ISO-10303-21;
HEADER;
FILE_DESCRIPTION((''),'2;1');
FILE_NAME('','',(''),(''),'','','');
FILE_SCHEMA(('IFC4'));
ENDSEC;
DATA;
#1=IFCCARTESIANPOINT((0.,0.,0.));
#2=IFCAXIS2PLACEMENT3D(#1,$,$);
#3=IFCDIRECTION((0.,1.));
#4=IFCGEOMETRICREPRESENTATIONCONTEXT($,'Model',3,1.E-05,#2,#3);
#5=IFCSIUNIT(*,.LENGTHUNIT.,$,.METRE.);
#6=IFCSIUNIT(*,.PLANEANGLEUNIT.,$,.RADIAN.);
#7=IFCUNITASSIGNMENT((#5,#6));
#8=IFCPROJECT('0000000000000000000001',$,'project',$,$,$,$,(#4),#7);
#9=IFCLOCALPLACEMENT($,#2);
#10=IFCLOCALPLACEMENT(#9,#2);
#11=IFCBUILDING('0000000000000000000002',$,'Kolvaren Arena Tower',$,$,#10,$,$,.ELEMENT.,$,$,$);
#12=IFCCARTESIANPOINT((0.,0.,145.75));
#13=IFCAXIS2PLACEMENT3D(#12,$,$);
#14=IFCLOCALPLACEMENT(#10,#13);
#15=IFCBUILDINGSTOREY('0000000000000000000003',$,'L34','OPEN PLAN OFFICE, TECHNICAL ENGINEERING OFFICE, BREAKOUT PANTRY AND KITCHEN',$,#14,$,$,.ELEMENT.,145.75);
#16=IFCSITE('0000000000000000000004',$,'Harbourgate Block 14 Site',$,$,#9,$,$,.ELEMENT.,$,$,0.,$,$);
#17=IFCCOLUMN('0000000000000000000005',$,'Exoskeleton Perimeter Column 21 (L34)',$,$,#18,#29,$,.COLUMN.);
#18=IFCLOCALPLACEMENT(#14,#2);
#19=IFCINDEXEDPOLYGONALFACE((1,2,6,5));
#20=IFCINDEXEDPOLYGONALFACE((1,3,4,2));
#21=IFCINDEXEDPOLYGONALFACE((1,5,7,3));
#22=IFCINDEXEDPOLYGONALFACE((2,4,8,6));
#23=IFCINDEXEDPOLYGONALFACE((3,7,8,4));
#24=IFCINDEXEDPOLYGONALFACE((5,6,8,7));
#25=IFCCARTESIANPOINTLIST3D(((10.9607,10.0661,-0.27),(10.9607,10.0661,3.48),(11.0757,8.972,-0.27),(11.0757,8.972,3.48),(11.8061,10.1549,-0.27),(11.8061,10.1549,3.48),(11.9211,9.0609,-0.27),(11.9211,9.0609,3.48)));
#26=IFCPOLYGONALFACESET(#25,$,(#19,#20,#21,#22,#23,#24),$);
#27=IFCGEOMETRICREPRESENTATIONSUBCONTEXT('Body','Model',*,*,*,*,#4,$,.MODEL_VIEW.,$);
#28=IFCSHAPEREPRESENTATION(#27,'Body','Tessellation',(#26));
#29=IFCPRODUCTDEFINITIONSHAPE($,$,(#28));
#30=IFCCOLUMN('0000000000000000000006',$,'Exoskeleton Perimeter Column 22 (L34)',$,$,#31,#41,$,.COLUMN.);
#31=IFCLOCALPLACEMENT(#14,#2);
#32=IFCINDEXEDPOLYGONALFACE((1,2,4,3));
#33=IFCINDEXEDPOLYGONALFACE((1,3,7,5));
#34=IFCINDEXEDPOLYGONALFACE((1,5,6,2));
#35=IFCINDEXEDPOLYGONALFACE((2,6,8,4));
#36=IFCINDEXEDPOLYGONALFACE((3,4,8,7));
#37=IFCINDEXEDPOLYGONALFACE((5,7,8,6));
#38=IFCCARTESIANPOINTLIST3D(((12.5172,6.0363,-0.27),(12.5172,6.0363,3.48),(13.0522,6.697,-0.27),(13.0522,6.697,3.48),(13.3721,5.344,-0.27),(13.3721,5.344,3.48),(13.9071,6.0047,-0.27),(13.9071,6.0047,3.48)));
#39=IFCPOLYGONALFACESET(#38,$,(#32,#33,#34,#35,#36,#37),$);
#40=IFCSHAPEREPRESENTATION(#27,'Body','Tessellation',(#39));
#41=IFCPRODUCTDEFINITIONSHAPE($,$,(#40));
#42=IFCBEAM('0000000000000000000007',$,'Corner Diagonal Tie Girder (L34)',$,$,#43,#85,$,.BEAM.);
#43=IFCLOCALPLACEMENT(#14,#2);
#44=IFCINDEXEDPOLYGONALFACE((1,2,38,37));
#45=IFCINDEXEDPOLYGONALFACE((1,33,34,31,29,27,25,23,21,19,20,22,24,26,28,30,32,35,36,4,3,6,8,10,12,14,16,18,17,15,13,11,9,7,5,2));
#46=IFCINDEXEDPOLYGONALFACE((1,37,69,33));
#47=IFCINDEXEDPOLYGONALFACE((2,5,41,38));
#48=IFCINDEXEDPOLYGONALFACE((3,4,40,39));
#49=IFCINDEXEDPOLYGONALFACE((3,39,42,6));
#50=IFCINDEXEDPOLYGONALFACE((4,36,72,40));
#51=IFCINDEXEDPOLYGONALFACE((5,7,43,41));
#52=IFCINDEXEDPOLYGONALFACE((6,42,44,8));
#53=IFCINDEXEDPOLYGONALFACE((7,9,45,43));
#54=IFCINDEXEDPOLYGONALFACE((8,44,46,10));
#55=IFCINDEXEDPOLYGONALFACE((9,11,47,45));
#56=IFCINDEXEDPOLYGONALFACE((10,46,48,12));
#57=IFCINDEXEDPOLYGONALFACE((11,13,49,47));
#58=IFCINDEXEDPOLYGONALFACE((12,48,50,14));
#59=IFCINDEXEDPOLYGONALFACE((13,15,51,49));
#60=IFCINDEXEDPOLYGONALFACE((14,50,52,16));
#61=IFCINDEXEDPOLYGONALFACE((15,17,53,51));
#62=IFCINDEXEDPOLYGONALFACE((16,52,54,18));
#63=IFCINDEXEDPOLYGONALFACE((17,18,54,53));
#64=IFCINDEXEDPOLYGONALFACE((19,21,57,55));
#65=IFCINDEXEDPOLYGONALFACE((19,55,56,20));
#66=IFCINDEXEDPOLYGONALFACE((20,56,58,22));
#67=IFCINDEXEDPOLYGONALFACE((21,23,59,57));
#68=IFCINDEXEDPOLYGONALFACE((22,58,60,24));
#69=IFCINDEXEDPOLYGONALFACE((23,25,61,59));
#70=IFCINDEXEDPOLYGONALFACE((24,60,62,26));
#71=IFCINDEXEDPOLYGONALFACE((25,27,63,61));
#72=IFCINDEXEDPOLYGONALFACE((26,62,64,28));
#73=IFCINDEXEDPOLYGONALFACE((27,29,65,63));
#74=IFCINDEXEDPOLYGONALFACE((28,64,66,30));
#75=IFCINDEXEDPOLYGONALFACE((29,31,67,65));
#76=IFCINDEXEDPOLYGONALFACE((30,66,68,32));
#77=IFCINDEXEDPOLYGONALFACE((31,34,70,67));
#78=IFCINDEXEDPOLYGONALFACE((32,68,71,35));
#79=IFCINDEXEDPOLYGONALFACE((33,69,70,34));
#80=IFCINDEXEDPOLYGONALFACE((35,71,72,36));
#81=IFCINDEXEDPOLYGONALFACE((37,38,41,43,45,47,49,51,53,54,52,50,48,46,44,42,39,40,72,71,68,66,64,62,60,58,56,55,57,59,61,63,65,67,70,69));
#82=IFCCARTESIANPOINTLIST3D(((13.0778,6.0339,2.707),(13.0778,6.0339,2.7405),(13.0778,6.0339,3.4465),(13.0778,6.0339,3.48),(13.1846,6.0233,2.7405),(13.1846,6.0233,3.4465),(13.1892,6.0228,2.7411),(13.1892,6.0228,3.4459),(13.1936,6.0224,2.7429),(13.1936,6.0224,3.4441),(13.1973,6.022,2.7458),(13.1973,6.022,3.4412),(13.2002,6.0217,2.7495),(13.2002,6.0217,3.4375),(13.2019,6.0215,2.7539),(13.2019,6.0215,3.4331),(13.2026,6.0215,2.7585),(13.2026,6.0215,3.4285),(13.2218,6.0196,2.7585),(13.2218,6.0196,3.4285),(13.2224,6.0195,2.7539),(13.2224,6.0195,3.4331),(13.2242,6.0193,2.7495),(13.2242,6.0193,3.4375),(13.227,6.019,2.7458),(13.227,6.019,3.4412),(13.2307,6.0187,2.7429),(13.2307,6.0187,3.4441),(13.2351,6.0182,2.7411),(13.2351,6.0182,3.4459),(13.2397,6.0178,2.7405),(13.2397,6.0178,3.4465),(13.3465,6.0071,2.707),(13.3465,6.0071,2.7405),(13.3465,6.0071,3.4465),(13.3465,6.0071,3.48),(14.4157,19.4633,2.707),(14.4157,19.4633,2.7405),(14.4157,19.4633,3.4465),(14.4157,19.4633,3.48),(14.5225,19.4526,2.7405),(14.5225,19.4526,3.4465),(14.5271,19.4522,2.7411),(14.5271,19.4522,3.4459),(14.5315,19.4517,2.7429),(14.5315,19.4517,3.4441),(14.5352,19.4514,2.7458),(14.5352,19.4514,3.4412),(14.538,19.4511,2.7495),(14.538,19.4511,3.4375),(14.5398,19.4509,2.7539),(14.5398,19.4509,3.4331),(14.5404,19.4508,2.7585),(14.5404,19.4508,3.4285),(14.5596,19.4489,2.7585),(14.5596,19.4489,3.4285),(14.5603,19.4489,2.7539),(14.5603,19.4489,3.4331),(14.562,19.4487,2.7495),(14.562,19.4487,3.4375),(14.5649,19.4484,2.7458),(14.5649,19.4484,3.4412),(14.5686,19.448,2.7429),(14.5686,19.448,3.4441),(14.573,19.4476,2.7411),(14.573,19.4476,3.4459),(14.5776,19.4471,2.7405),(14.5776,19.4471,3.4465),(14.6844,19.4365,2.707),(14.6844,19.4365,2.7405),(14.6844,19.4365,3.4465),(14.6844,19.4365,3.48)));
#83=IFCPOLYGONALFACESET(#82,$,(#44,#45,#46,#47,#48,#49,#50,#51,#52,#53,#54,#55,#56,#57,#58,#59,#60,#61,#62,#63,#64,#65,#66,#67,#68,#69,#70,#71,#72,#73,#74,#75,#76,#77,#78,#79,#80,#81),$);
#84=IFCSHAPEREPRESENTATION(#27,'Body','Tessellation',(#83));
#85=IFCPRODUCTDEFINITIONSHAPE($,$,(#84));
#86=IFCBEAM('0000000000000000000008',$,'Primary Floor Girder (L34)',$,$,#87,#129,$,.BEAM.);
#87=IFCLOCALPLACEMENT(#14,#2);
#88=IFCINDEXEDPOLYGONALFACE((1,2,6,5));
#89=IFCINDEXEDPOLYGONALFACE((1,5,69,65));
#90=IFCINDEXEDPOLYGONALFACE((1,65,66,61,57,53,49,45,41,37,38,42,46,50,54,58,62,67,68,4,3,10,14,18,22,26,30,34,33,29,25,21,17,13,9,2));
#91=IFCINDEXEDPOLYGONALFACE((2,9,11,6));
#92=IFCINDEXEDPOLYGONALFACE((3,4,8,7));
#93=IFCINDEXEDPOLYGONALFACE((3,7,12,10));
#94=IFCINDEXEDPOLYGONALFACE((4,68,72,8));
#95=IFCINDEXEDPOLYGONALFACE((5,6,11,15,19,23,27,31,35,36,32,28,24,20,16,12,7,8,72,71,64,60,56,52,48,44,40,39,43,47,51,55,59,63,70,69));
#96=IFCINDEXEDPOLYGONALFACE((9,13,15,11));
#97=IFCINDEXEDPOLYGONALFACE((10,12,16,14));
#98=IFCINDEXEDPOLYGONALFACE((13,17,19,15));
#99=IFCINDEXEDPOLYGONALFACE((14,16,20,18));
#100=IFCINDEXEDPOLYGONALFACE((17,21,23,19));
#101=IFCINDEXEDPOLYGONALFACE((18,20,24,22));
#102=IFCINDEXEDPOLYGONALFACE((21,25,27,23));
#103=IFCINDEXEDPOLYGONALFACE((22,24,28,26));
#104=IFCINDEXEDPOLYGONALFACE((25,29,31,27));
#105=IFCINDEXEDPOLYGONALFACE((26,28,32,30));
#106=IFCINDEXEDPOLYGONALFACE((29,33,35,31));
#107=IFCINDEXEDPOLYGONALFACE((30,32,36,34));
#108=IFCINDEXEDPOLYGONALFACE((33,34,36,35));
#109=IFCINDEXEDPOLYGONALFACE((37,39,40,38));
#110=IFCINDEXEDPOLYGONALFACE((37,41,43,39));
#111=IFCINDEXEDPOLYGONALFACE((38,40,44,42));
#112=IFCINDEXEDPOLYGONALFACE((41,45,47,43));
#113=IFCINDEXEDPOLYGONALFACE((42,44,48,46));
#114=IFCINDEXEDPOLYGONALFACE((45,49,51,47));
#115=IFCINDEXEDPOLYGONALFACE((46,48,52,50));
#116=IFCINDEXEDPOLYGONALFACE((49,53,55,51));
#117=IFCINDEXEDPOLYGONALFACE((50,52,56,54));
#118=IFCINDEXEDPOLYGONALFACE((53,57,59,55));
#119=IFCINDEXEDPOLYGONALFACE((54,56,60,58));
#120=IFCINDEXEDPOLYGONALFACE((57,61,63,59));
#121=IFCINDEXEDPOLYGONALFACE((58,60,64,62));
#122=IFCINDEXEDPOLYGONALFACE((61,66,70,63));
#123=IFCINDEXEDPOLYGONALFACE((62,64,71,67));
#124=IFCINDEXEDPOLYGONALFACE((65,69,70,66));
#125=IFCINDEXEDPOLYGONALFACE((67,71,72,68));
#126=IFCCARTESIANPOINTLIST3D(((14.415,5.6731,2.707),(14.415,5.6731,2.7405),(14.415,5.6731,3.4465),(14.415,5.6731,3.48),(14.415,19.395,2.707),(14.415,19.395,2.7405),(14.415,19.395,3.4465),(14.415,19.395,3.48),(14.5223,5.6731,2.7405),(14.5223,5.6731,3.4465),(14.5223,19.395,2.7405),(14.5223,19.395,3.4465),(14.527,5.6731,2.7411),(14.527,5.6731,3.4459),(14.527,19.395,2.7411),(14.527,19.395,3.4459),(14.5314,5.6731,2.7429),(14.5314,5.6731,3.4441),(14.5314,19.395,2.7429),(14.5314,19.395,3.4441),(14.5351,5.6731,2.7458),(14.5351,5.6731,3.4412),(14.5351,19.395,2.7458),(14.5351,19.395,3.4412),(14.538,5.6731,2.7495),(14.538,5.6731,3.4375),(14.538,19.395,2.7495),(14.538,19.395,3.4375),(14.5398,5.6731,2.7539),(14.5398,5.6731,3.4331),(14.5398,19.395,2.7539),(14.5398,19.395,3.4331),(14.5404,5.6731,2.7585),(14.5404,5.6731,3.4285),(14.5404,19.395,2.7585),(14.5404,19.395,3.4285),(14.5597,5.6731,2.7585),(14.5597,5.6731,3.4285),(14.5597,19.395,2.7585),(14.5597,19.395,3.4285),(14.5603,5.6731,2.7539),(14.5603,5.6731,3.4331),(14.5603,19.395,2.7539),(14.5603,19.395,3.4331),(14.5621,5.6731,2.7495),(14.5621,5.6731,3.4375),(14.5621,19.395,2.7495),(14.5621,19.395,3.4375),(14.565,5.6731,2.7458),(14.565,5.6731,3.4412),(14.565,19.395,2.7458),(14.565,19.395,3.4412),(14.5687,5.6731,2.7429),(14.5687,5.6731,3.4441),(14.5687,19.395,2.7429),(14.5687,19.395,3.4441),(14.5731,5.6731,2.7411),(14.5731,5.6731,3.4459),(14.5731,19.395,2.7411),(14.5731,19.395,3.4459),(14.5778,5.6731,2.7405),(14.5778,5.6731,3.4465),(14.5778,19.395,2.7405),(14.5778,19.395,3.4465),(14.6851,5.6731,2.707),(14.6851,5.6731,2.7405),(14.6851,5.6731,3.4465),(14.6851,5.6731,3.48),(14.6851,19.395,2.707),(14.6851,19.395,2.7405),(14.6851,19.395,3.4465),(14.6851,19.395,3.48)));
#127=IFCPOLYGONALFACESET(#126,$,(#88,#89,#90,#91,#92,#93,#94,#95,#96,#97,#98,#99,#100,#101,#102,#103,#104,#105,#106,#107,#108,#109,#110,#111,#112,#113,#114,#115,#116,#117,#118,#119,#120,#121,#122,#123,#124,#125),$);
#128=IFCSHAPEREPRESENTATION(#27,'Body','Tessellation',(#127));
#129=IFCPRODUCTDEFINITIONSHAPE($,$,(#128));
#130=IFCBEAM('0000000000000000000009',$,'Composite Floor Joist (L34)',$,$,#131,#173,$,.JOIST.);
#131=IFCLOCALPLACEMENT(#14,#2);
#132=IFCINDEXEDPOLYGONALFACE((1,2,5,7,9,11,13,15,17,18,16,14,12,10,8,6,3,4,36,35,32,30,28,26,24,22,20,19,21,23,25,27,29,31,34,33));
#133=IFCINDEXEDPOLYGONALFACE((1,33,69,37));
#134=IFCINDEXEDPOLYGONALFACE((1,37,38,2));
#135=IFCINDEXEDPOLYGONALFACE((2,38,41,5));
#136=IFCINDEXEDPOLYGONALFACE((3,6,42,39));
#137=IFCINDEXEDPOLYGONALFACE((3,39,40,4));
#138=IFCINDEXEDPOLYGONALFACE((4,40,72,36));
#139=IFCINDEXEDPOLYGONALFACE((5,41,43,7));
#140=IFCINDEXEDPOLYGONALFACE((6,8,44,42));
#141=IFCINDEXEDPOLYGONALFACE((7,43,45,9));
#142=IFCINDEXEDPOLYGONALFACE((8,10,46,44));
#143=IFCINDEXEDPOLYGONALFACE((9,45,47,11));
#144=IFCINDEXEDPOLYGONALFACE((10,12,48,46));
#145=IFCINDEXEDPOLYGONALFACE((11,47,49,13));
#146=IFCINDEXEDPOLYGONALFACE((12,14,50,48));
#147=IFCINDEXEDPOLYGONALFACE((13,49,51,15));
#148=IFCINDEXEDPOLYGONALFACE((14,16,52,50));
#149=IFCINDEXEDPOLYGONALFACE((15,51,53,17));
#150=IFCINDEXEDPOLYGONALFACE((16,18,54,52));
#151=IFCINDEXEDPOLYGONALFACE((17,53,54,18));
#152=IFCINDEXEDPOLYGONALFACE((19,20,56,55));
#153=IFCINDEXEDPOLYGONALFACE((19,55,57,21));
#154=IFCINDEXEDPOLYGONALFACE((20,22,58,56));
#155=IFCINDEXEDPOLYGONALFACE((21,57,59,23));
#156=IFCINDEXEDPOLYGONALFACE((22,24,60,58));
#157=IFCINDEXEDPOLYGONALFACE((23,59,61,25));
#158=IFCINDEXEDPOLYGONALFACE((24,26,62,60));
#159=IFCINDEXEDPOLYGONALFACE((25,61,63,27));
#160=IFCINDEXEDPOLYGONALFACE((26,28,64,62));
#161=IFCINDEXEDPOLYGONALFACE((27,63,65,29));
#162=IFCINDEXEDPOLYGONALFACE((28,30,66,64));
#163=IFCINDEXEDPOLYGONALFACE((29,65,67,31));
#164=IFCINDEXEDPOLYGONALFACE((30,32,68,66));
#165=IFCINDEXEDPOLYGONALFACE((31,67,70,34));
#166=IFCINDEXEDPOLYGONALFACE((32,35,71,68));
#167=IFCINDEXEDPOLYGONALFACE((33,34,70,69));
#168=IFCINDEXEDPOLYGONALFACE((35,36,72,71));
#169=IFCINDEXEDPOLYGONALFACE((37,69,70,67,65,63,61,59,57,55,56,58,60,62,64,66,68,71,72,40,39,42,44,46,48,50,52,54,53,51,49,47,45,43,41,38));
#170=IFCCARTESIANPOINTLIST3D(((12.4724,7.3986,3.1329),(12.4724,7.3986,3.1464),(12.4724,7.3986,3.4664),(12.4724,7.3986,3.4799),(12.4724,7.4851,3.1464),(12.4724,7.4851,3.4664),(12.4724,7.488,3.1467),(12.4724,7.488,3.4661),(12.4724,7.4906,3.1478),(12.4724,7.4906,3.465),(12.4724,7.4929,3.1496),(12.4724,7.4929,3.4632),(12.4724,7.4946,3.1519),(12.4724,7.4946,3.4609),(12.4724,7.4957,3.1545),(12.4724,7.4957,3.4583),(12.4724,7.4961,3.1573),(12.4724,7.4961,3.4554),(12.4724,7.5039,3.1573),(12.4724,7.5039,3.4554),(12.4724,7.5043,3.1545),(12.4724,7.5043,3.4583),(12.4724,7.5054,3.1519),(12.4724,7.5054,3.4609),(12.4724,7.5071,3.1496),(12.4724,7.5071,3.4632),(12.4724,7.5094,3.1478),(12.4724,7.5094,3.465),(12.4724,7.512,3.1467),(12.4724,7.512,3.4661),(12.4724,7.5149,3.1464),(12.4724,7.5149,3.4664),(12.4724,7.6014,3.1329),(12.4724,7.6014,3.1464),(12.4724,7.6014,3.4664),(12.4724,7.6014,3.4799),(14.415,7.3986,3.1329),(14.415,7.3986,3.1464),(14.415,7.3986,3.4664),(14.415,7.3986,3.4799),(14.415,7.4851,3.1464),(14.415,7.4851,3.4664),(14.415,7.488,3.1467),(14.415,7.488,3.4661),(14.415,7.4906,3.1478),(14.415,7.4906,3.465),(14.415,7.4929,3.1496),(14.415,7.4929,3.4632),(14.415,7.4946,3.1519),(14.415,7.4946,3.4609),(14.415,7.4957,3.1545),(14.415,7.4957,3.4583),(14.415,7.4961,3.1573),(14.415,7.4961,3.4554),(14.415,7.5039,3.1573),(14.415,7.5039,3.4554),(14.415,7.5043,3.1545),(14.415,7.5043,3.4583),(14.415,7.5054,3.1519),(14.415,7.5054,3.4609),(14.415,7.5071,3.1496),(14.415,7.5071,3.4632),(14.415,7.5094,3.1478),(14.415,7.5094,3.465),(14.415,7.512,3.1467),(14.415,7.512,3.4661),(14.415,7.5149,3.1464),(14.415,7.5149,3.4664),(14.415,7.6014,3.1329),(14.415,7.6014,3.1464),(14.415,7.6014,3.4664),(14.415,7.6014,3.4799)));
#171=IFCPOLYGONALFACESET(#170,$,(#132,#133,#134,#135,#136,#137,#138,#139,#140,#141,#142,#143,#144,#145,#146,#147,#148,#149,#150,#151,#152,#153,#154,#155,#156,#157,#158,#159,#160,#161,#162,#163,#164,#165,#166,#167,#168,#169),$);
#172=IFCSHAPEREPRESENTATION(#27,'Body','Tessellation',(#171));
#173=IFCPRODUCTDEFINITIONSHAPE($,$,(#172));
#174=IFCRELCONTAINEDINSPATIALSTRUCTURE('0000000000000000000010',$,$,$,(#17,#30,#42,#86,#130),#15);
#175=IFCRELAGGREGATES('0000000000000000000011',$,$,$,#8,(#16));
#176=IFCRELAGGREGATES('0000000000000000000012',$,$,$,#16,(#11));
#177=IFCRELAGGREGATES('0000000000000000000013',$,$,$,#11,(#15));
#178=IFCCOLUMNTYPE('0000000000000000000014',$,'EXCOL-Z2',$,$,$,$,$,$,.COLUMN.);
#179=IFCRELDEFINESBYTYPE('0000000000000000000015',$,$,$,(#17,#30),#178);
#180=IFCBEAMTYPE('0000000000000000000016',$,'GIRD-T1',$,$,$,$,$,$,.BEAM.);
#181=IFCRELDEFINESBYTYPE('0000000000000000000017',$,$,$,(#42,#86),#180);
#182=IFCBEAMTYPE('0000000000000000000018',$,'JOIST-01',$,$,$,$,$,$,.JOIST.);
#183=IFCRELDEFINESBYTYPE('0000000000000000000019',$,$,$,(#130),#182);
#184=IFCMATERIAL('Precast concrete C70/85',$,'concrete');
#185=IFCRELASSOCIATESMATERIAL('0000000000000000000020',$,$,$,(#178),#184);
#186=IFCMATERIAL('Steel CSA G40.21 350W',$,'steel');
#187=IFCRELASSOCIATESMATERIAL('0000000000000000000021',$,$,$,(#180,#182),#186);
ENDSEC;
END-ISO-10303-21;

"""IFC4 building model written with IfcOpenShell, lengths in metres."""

from ifc_helpers import new_model, si_unit, direction, frame, origin, origin_2d, place, context, subcontext, project, spatial, rectangle, i_section, extrude, material, material_profile, profile_set, type_object, element, save


model = new_model("IFC4")

# Units and contexts
model_context = context("Model", 3, precision=1e-05, world=origin(), true_north=direction((0.0, 1.0)))
body_context = subcontext(model_context, "Body", "Model", "MODEL_VIEW")
ifc_project = project(units=[si_unit("LENGTHUNIT", "METRE"), si_unit("PLANEANGLEUNIT", "RADIAN")], contexts=[model_context])

# Site, building, storey
site_placement = place(None, origin())
site = spatial("IfcSite", under=ifc_project, at=site_placement, Name="Harbourgate Block 14 Site", CompositionType="ELEMENT", RefElevation=0.0)
building_placement = place(site_placement, origin())
building = spatial("IfcBuilding", under=site, at=building_placement, Name="Kolvaren Arena Tower", CompositionType="ELEMENT")
storey_placement = place(building_placement, frame((0.0, 0.0, 145.75)))
storey = spatial("IfcBuildingStorey", under=building, at=storey_placement, Name="L34", Description="OPEN PLAN OFFICE, TECHNICAL ENGINEERING OFFICE, BREAKOUT PANTRY AND KITCHEN", CompositionType="ELEMENT", Elevation=145.75)

# Columns
ifc_material_1 = material(Name="Precast concrete C70/85", Category="concrete")
ifc_material_profile_1 = material_profile(ifc_material_1, rectangle(XDim=1.1001, YDim=0.8501, at=origin_2d()), Name="RC-1100x850")
ifc_profile_set_1 = profile_set([ifc_material_profile_1], Name="Precast concrete C70/85")
column_type = type_object("IfcColumnType", Name="EXCOL-Z2", PredefinedType="COLUMN", material=ifc_profile_set_1)
for number, where, z_axis, x_axis, name in (
    (1, (11.4409, 9.5635, -0.27), (0.0, 0.0, 1.0), (-0.104528, 0.994522, 0.0), "Exoskeleton Perimeter Column 21 (L34)"),
    (2, (13.2122, 6.0205, -0.27), (0.0, 0.0, 1.0), (-0.777146, 0.62932, 0.0), "Exoskeleton Perimeter Column 22 (L34)"),
):
    element("IfcColumn", number, at=place(storey_placement, frame(where, z_axis=z_axis, x_axis=x_axis)), inside=storey, type_object=column_type, Name=name, PredefinedType="COLUMN", context=body_context, shape_type="SweptSolid", body=[
        extrude(rectangle(XDim=1.1001, YDim=0.8501, at=origin_2d()), origin(), (0.0, 0.0, 1.0), 3.75),
    ])

# Beams
ifc_material_2 = material(Name="Steel CSA G40.21 350W", Category="steel")
ifc_material_profile_2 = material_profile(ifc_material_2, i_section(OverallWidth=0.27, OverallDepth=0.7729, WebThickness=0.0193, FlangeThickness=0.0334, FilletRadius=0.0181, at=origin_2d()), Name="W760x257")
ifc_profile_set_2 = profile_set([ifc_material_profile_2], Name="Steel CSA G40.21 350W")
beam_type_1 = type_object("IfcBeamType", Name="GIRD-T1", PredefinedType="BEAM", material=ifc_profile_set_2)
beam_1_placement = place(storey_placement, frame((13.2122, 6.0205, 3.0935), z_axis=(0.099133, 0.995074, 0.0), x_axis=(-0.995074, 0.099133, 0.0)))
element("IfcBeam", 3, at=beam_1_placement, inside=storey, type_object=beam_type_1, Name="Corner Diagonal Tie Girder (L34)", PredefinedType="BEAM", context=body_context, shape_type="SweptSolid", body=[
    extrude(i_section(OverallWidth=0.27, OverallDepth=0.7729, WebThickness=0.0193, FlangeThickness=0.0334, FilletRadius=0.0181, at=origin_2d()), origin(), (0.0, 0.0, 1.0), 13.4958),
])
beam_2_placement = place(storey_placement, frame((14.55, 5.6731, 3.0935), z_axis=(0.0, 1.0, 0.0), x_axis=(-1.0, 0.0, 0.0)))
element("IfcBeam", 4, at=beam_2_placement, inside=storey, type_object=beam_type_1, Name="Primary Floor Girder (L34)", PredefinedType="BEAM", context=body_context, shape_type="SweptSolid", body=[
    extrude(i_section(OverallWidth=0.27, OverallDepth=0.7729, WebThickness=0.0193, FlangeThickness=0.0334, FilletRadius=0.0181, at=origin_2d()), origin(), (0.0, 0.0, 1.0), 13.7219),
])
ifc_material_profile_3 = material_profile(ifc_material_2, i_section(OverallWidth=0.2029, OverallDepth=0.3469, WebThickness=0.0078, FlangeThickness=0.0134, FilletRadius=0.011, at=origin_2d()), Name="W360x64")
ifc_profile_set_3 = profile_set([ifc_material_profile_3], Name="Steel CSA G40.21 350W")
beam_type_2 = type_object("IfcBeamType", Name="JOIST-01", PredefinedType="JOIST", material=ifc_profile_set_3)
beam_3_placement = place(storey_placement, frame((12.4724, 7.5, 3.3064), z_axis=(1.0, 0.0, 0.0), x_axis=(0.0, 1.0, 0.0)))
element("IfcBeam", 5, at=beam_3_placement, inside=storey, type_object=beam_type_2, Name="Composite Floor Joist (L34)", PredefinedType="JOIST", context=body_context, shape_type="SweptSolid", body=[
    extrude(i_section(OverallWidth=0.2029, OverallDepth=0.3469, WebThickness=0.0078, FlangeThickness=0.0134, FilletRadius=0.011, at=origin_2d()), origin(), (0.0, 0.0, 1.0), 1.9426),
])

save(model, "model.ifc")
